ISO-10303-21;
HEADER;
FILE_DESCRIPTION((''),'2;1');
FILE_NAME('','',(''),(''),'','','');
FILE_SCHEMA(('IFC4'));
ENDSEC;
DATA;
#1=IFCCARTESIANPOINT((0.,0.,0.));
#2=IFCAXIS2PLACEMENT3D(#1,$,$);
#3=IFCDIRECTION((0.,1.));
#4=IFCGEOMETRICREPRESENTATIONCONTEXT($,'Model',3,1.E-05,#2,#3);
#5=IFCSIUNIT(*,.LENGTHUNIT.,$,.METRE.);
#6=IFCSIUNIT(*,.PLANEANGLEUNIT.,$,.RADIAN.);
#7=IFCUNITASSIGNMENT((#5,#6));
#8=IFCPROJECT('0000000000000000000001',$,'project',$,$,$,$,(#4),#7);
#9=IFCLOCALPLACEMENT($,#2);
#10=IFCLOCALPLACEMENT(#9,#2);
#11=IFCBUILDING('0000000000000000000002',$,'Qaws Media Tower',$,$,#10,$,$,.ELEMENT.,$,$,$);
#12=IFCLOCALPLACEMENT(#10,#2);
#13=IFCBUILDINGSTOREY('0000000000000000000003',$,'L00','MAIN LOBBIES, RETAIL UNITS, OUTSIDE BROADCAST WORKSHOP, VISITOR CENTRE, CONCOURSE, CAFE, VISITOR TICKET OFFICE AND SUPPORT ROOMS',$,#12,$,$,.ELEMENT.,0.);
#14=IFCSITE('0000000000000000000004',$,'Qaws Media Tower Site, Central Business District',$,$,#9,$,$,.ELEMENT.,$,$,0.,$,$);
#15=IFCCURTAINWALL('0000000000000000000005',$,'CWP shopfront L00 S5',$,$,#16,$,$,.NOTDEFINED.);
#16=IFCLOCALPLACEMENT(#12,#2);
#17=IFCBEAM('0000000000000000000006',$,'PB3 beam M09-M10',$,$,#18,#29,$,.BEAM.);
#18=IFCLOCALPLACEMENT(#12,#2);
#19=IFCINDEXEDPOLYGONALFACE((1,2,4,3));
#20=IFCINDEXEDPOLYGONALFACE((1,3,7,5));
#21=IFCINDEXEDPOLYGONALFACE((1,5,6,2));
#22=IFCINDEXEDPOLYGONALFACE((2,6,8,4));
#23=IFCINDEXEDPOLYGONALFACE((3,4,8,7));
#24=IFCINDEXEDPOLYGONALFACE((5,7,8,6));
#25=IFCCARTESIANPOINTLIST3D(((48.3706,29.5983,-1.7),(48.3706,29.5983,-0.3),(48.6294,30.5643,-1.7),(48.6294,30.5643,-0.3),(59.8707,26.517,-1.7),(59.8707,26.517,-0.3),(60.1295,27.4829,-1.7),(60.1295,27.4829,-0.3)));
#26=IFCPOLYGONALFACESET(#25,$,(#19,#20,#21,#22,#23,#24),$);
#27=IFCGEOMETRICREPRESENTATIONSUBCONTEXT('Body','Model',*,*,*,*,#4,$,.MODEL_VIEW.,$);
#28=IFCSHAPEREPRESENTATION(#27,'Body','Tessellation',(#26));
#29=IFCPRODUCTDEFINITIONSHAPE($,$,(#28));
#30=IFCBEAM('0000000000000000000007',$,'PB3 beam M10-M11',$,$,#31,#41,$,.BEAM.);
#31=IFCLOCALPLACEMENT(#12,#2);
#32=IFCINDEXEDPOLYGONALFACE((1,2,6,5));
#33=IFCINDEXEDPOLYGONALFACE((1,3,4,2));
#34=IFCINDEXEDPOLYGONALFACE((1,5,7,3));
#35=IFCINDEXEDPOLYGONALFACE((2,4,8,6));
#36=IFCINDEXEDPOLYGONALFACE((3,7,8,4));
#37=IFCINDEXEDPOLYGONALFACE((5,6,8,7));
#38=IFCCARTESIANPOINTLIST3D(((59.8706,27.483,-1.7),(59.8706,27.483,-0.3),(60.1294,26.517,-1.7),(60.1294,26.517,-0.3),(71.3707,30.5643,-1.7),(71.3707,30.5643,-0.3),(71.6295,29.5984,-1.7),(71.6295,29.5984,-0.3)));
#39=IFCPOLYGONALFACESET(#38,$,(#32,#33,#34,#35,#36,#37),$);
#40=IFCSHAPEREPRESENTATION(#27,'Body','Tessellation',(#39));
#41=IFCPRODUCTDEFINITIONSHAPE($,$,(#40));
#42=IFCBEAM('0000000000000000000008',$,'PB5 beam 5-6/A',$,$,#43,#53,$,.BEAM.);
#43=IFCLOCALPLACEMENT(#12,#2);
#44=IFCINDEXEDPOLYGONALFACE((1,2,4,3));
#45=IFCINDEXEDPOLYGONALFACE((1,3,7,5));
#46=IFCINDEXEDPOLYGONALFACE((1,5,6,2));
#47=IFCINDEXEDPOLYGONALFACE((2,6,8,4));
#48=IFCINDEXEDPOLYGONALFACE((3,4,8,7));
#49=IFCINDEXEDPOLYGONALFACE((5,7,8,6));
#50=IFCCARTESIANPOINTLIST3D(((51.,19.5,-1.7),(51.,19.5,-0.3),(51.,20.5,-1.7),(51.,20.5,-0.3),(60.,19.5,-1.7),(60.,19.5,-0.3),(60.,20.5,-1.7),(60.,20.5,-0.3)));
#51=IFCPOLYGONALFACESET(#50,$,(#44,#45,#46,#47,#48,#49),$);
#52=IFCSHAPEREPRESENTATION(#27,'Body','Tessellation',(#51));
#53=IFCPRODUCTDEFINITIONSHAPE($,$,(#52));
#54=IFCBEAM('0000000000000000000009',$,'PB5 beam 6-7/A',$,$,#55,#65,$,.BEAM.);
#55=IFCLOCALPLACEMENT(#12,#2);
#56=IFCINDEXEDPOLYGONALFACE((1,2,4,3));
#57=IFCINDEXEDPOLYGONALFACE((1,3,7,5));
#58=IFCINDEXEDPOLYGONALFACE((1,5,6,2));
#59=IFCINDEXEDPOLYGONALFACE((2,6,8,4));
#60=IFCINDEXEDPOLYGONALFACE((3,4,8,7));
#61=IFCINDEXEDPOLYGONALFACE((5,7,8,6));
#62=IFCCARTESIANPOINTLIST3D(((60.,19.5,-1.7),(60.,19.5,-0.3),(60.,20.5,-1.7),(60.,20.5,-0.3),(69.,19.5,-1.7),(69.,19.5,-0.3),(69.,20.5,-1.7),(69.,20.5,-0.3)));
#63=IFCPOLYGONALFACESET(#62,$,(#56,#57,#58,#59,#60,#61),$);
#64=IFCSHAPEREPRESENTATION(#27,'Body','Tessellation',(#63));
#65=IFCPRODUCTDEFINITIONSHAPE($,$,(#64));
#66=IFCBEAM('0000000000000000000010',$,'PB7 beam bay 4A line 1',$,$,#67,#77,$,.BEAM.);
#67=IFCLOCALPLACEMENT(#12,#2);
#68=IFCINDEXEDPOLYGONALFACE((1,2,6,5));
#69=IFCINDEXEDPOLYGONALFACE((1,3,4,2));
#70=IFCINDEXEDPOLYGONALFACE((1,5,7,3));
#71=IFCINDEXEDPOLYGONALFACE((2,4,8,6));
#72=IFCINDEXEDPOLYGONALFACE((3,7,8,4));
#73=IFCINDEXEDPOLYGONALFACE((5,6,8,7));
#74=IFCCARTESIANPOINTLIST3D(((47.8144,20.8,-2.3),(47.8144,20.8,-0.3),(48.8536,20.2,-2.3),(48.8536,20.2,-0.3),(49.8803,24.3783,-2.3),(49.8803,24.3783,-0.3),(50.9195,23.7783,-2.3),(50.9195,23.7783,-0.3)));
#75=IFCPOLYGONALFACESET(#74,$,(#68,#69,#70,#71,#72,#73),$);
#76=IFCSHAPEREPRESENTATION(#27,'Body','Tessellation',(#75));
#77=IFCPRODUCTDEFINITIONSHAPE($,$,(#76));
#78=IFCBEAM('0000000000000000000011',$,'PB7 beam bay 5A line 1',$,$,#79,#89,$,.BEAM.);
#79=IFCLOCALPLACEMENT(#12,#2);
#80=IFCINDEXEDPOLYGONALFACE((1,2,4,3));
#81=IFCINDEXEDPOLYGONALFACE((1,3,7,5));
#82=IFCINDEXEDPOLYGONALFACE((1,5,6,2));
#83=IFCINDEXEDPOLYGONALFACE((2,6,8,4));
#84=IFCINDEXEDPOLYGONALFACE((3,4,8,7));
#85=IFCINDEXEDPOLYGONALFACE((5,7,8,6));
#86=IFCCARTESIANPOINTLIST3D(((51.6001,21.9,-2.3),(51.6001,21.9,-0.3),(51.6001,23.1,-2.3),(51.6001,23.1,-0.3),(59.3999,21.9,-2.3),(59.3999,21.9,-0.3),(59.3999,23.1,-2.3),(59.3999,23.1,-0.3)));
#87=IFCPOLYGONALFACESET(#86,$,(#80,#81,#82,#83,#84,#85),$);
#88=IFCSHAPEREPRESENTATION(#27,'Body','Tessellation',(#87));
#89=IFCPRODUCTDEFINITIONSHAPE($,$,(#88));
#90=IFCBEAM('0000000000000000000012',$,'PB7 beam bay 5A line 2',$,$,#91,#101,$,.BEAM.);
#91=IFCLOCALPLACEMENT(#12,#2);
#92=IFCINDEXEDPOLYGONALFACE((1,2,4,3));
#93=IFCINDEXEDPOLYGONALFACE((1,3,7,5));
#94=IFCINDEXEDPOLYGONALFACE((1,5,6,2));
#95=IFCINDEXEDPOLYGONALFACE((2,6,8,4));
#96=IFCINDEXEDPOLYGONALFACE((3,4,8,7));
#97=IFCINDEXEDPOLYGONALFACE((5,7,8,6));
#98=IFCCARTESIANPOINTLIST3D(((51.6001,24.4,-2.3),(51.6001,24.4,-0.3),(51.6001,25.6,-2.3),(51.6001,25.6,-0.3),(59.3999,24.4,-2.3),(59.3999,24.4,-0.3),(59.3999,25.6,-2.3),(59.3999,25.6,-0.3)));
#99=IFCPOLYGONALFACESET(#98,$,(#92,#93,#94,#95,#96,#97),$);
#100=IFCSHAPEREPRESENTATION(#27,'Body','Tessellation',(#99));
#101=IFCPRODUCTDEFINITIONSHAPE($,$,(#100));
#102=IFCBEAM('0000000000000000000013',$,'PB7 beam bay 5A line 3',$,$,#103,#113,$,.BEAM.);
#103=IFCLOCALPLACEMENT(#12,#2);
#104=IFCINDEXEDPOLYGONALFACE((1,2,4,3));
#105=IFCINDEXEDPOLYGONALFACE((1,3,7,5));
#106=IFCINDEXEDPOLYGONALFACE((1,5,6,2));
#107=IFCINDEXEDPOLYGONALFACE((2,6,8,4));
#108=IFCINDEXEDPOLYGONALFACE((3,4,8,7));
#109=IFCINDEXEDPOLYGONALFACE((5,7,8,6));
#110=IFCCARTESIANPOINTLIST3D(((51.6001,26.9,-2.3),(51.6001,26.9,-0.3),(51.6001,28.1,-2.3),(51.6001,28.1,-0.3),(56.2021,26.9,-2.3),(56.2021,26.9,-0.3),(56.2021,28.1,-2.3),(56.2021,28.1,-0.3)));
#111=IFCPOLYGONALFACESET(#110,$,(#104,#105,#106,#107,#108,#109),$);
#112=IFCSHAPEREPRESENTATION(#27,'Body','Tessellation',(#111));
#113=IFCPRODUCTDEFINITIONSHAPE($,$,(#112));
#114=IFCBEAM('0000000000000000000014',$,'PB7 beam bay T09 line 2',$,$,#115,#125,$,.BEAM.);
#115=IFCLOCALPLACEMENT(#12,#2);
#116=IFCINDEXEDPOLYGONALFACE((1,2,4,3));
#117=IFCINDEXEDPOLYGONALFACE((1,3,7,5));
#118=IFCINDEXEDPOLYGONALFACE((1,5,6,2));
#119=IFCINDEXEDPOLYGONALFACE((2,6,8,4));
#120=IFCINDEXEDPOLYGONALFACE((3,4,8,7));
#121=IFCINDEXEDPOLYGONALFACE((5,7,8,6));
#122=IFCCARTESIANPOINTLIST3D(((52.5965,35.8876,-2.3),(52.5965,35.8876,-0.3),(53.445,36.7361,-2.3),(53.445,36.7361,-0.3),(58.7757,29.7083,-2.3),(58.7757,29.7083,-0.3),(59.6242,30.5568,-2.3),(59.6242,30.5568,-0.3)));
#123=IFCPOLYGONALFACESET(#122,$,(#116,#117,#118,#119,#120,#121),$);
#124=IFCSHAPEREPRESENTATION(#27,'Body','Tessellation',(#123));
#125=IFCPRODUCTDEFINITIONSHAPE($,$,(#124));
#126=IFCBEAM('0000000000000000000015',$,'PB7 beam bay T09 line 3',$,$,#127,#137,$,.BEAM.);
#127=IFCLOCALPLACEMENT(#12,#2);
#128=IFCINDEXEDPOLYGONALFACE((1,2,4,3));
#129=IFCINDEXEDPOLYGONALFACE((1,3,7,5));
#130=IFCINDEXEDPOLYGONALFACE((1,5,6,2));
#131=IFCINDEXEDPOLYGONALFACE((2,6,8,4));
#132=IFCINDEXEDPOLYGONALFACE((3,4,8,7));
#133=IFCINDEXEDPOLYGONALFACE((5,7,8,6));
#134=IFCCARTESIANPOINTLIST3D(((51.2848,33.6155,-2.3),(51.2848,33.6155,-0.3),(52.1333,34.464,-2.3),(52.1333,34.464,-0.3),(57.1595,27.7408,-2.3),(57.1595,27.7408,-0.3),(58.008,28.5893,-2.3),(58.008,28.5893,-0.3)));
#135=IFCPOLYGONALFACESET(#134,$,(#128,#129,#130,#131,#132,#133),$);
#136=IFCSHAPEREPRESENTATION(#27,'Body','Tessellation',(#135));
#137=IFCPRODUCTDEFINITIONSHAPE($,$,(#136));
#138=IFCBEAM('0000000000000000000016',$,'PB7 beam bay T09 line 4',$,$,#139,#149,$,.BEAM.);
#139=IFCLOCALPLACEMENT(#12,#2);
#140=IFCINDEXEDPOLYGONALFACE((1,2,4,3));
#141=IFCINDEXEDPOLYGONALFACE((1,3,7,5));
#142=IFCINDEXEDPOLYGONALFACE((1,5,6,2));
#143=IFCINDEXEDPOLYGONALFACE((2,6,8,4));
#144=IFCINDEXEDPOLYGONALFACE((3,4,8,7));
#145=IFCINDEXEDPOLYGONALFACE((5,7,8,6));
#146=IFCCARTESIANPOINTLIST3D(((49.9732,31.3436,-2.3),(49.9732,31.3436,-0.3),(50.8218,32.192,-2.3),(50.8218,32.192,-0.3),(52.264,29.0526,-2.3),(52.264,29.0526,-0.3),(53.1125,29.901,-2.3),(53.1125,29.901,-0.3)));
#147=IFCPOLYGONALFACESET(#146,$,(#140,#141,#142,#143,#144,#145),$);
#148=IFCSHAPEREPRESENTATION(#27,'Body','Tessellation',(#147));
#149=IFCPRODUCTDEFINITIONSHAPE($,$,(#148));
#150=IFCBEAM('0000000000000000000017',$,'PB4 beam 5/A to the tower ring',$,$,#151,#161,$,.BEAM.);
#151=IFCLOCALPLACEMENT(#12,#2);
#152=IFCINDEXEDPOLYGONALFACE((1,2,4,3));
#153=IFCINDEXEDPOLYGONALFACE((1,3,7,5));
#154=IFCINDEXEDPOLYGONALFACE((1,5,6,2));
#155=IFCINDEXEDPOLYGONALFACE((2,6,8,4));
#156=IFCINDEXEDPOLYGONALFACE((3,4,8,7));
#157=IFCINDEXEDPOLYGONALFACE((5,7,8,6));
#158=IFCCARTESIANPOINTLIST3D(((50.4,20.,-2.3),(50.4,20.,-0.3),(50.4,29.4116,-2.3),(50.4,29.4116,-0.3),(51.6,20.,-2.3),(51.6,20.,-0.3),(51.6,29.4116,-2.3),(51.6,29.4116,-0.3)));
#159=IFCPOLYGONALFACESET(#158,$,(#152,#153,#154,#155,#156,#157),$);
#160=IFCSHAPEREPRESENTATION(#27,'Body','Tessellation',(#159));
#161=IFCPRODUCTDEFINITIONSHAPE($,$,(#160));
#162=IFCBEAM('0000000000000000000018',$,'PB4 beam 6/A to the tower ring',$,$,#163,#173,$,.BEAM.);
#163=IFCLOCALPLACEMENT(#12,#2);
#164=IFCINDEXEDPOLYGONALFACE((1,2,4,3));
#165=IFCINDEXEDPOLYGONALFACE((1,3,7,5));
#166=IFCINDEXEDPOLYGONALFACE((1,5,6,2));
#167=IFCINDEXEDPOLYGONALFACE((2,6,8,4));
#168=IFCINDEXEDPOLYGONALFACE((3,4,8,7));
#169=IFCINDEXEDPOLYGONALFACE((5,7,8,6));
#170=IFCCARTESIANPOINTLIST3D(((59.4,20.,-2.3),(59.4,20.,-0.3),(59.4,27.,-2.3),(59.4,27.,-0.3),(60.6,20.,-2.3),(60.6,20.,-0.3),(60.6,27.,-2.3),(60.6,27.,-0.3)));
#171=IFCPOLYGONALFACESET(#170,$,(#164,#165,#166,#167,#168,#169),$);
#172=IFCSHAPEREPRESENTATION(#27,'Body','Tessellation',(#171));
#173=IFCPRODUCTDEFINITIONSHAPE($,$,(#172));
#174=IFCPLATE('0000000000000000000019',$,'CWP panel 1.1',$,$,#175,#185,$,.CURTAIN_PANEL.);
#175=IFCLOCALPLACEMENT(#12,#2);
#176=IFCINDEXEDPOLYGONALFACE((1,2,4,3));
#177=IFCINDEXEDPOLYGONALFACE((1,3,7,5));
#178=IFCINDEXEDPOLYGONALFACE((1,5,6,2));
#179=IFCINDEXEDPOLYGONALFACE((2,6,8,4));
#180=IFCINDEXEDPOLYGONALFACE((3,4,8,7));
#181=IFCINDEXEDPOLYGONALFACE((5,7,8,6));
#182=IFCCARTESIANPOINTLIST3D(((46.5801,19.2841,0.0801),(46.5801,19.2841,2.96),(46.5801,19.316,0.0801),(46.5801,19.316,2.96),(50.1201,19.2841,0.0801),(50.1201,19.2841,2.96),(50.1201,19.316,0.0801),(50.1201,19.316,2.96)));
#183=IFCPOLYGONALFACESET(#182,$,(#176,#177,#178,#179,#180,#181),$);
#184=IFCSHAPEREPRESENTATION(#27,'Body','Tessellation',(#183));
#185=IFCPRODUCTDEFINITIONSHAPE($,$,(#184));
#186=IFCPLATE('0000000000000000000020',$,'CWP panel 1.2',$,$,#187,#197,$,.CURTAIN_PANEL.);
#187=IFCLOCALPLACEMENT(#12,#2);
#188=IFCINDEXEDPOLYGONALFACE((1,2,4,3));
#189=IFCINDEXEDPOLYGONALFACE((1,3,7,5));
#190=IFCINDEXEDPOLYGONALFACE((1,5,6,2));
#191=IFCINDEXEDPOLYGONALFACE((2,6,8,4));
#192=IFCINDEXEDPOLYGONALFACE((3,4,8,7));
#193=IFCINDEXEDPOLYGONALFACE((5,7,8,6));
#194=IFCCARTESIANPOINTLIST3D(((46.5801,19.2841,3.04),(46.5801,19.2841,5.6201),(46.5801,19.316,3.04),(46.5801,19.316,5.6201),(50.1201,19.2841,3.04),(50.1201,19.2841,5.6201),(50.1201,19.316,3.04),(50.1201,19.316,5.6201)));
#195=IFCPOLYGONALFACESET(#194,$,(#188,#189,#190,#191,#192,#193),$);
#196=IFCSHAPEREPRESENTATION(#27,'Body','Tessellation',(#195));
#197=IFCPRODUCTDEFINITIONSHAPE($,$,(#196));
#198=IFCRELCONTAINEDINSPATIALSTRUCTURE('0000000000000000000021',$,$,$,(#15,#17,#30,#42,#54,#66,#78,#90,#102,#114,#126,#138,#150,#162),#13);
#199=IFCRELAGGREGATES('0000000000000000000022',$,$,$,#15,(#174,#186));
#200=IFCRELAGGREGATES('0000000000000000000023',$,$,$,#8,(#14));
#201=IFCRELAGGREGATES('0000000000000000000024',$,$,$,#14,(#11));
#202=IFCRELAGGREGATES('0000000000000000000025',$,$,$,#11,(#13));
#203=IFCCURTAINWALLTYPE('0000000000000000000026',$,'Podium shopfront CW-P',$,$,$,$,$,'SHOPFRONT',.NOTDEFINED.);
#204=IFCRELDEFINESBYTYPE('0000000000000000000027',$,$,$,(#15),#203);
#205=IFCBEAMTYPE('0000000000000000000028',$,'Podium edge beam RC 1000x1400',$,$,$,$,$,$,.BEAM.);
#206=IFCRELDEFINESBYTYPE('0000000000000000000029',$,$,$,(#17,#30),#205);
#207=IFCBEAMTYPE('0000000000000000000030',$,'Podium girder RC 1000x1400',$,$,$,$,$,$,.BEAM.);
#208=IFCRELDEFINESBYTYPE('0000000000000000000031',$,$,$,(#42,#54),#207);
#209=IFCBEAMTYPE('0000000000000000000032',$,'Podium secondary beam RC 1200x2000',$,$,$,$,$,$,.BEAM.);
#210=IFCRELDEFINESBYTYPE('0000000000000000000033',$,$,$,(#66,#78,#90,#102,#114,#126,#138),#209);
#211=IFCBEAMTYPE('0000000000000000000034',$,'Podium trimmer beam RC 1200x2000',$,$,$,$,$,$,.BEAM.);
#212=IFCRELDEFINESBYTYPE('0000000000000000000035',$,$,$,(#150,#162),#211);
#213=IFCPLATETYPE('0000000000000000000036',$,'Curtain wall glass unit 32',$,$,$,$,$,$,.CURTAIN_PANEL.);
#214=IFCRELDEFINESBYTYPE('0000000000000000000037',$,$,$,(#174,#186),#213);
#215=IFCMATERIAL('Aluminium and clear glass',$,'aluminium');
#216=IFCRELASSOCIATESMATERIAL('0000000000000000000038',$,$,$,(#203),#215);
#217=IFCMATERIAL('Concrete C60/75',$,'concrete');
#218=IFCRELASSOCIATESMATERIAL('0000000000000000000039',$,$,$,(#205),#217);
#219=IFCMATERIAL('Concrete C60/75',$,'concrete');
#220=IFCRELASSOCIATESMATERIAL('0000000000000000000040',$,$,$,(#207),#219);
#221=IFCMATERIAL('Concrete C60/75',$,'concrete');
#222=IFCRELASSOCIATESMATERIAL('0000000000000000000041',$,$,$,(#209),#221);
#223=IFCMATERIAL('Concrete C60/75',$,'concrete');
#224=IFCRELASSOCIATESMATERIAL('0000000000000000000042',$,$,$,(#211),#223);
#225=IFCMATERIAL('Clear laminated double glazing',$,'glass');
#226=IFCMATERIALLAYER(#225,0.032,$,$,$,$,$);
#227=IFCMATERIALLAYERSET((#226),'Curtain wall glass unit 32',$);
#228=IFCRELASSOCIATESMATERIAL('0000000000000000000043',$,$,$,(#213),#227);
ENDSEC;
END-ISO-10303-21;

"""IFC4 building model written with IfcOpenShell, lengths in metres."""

from ifc_helpers import new_model, si_unit, direction, frame, origin, origin_2d, place, context, subcontext, project, spatial, rectangle, extrude, material, layer, layer_set, material_profile, profile_set, type_object, element, aggregate, save


model = new_model("IFC4")

# Units and contexts
model_context = context("Model", 3, precision=1e-05, world=origin(), true_north=direction((0.0, 1.0)))
body_context = subcontext(model_context, "Body", "Model", "MODEL_VIEW")
ifc_project = project(units=[si_unit("LENGTHUNIT", "METRE"), si_unit("PLANEANGLEUNIT", "RADIAN")], contexts=[model_context])

# Site, building, storey
site_placement = place(None, origin())
site = spatial("IfcSite", under=ifc_project, at=site_placement, Name="Qaws Media Tower Site, Central Business District", CompositionType="ELEMENT", RefElevation=0.0)
building_placement = place(site_placement, origin())
building = spatial("IfcBuilding", under=site, at=building_placement, Name="Qaws Media Tower", CompositionType="ELEMENT")
storey_placement = place(building_placement, origin())
storey = spatial("IfcBuildingStorey", under=building, at=storey_placement, Name="L00", Description="MAIN LOBBIES, RETAIL UNITS, OUTSIDE BROADCAST WORKSHOP, VISITOR CENTRE, CONCOURSE, CAFE, VISITOR TICKET OFFICE AND SUPPORT ROOMS", CompositionType="ELEMENT", Elevation=0.0)

# Curtain wall
ifc_material_1 = material(Name="Aluminium and clear glass", Category="aluminium")
curtain_wall_type = type_object("IfcCurtainWallType", Name="Podium shopfront CW-P", ElementType="SHOPFRONT", PredefinedType="NOTDEFINED", material=ifc_material_1)
curtain_wall_placement = place(storey_placement, origin())
curtain_wall = element("IfcCurtainWall", 1, at=curtain_wall_placement, inside=storey, type_object=curtain_wall_type, Name="CWP shopfront L00 S5", PredefinedType="NOTDEFINED")

# Beams
ifc_material_2 = material(Name="Concrete C60/75", Category="concrete")
ifc_material_profile_1 = material_profile(ifc_material_2, rectangle(XDim=1.0, YDim=1.3999, at=origin_2d()), Name="RC 1000x1400")
ifc_profile_set_1 = profile_set([ifc_material_profile_1], Name="Concrete C60/75")
beam_type_1 = type_object("IfcBeamType", Name="Podium edge beam RC 1000x1400", PredefinedType="BEAM", material=ifc_profile_set_1)
for number, where, z_axis, x_axis, name in (
    (2, (48.5, 30.0813, -1.0), (0.965928, -0.25881, 0.0), (0.25881, 0.965928, 0.0), "PB3 beam M09-M10"),
    (3, (60.0, 27.0, -1.0), (0.965928, 0.25881, 0.0), (-0.25881, 0.965928, 0.0), "PB3 beam M10-M11"),
):
    element("IfcBeam", number, at=place(storey_placement, frame(where, z_axis=z_axis, x_axis=x_axis)), inside=storey, type_object=beam_type_1, Name=name, PredefinedType="BEAM", context=body_context, shape_type="SweptSolid", body=[
        extrude(rectangle(XDim=1.0, YDim=1.3999, at=origin_2d()), origin(), (0.0, 0.0, 1.0), 11.9058),
    ])
ifc_material_3 = material(Name="Concrete C60/75", Category="concrete")
ifc_material_profile_2 = material_profile(ifc_material_3, rectangle(XDim=1.0, YDim=1.3999, at=origin_2d()), Name="RC 1000x1400")
ifc_profile_set_2 = profile_set([ifc_material_profile_2], Name="Concrete C60/75")
beam_type_2 = type_object("IfcBeamType", Name="Podium girder RC 1000x1400", PredefinedType="BEAM", material=ifc_profile_set_2)
for number, where, z_axis, x_axis, name in (
    (4, (51.0, 20.0, -1.0), (1.0, 0.0, 0.0), (0.0, 1.0, 0.0), "PB5 beam 5-6/A"),
    (5, (60.0, 20.0, -1.0), (1.0, 0.0, 0.0), (0.0, 1.0, 0.0), "PB5 beam 6-7/A"),
):
    element("IfcBeam", number, at=place(storey_placement, frame(where, z_axis=z_axis, x_axis=x_axis)), inside=storey, type_object=beam_type_2, Name=name, PredefinedType="BEAM", context=body_context, shape_type="SweptSolid", body=[
        extrude(rectangle(XDim=1.0, YDim=1.3999, at=origin_2d()), origin(), (0.0, 0.0, 1.0), 9.0),
    ])
ifc_material_4 = material(Name="Concrete C60/75", Category="concrete")
ifc_material_profile_3 = material_profile(ifc_material_4, rectangle(XDim=1.2, YDim=2.0, at=origin_2d()), Name="RC 1200x2000")
ifc_profile_set_3 = profile_set([ifc_material_profile_3], Name="Concrete C60/75")
beam_type_3 = type_object("IfcBeamType", Name="Podium secondary beam RC 1200x2000", PredefinedType="BEAM", material=ifc_profile_set_3)
beam_1_placement = place(storey_placement, frame((48.334, 20.5, -1.3), z_axis=(0.49999, 0.866031, 0.0), x_axis=(-0.866031, 0.49999, 0.0)))
element("IfcBeam", 6, at=beam_1_placement, inside=storey, type_object=beam_type_3, Name="PB7 beam bay 4A line 1", PredefinedType="BEAM", context=body_context, shape_type="SweptSolid", body=[
    extrude(rectangle(XDim=1.2, YDim=2.0, at=origin_2d()), origin(), (0.0, 0.0, 1.0), 4.1318),
])
for number, where, z_axis, x_axis, name in (
    (7, (51.6001, 22.5, -1.3), (1.0, 0.0, 0.0), (0.0, 1.0, 0.0), "PB7 beam bay 5A line 1"),
    (8, (51.6001, 25.0, -1.3), (1.0, 0.0, 0.0), (0.0, 1.0, 0.0), "PB7 beam bay 5A line 2"),
):
    element("IfcBeam", number, at=place(storey_placement, frame(where, z_axis=z_axis, x_axis=x_axis)), inside=storey, type_object=beam_type_3, Name=name, PredefinedType="BEAM", context=body_context, shape_type="SweptSolid", body=[
        extrude(rectangle(XDim=1.2, YDim=2.0, at=origin_2d()), origin(), (0.0, 0.0, 1.0), 7.7998),
    ])
beam_2_placement = place(storey_placement, frame((51.6001, 27.5, -1.3), z_axis=(1.0, 0.0, 0.0), x_axis=(0.0, 1.0, 0.0)))
element("IfcBeam", 9, at=beam_2_placement, inside=storey, type_object=beam_type_3, Name="PB7 beam bay 5A line 3", PredefinedType="BEAM", context=body_context, shape_type="SweptSolid", body=[
    extrude(rectangle(XDim=1.2, YDim=2.0, at=origin_2d()), origin(), (0.0, 0.0, 1.0), 4.6021),
])
beam_3_placement = place(storey_placement, frame((59.2, 30.1326, -1.3), z_axis=(-0.707107, 0.707107, 0.0), x_axis=(-0.707107, -0.707107, 0.0)))
element("IfcBeam", 10, at=beam_3_placement, inside=storey, type_object=beam_type_3, Name="PB7 beam bay T09 line 2", PredefinedType="BEAM", context=body_context, shape_type="SweptSolid", body=[
    extrude(rectangle(XDim=1.2, YDim=2.0, at=origin_2d()), origin(), (0.0, 0.0, 1.0), 8.7388),
])
beam_4_placement = place(storey_placement, frame((57.5837, 28.165, -1.3), z_axis=(-0.707107, 0.707107, 0.0), x_axis=(-0.707107, -0.707107, 0.0)))
element("IfcBeam", 11, at=beam_4_placement, inside=storey, type_object=beam_type_3, Name="PB7 beam bay T09 line 3", PredefinedType="BEAM", context=body_context, shape_type="SweptSolid", body=[
    extrude(rectangle(XDim=1.2, YDim=2.0, at=origin_2d()), origin(), (0.0, 0.0, 1.0), 8.3081),
])
beam_5_placement = place(storey_placement, frame((52.6882, 29.4768, -1.3), z_axis=(-0.707069, 0.707144, 0.0), x_axis=(-0.707144, -0.707069, 0.0)))
element("IfcBeam", 12, at=beam_5_placement, inside=storey, type_object=beam_type_3, Name="PB7 beam bay T09 line 4", PredefinedType="BEAM", context=body_context, shape_type="SweptSolid", body=[
    extrude(rectangle(XDim=1.2, YDim=2.0, at=origin_2d()), origin(), (0.0, 0.0, 1.0), 3.2397),
])
ifc_material_5 = material(Name="Concrete C60/75", Category="concrete")
ifc_material_profile_4 = material_profile(ifc_material_5, rectangle(XDim=1.2, YDim=2.0, at=origin_2d()), Name="RC 1200x2000")
ifc_profile_set_4 = profile_set([ifc_material_profile_4], Name="Concrete C60/75")
beam_type_4 = type_object("IfcBeamType", Name="Podium trimmer beam RC 1200x2000", PredefinedType="BEAM", material=ifc_profile_set_4)
beam_6_placement = place(storey_placement, frame((51.0, 20.0, -1.3), z_axis=(0.0, 1.0, 0.0), x_axis=(-1.0, 0.0, 0.0)))
element("IfcBeam", 13, at=beam_6_placement, inside=storey, type_object=beam_type_4, Name="PB4 beam 5/A to the tower ring", PredefinedType="BEAM", context=body_context, shape_type="SweptSolid", body=[
    extrude(rectangle(XDim=1.2, YDim=2.0, at=origin_2d()), origin(), (0.0, 0.0, 1.0), 9.4116),
])
beam_7_placement = place(storey_placement, frame((60.0, 20.0, -1.3), z_axis=(0.0, 1.0, 0.0), x_axis=(-1.0, 0.0, 0.0)))
element("IfcBeam", 14, at=beam_7_placement, inside=storey, type_object=beam_type_4, Name="PB4 beam 6/A to the tower ring", PredefinedType="BEAM", context=body_context, shape_type="SweptSolid", body=[
    extrude(rectangle(XDim=1.2, YDim=2.0, at=origin_2d()), origin(), (0.0, 0.0, 1.0), 7.0),
])

# Plates
ifc_material_6 = material(Name="Clear laminated double glazing", Category="glass")
ifc_layer_1 = layer(ifc_material_6, 0.032)
ifc_layer_set_1 = layer_set([ifc_layer_1], Name="Curtain wall glass unit 32")
plate_type = type_object("IfcPlateType", Name="Curtain wall glass unit 32", PredefinedType="CURTAIN_PANEL", material=ifc_layer_set_1)
plate_1_placement = place(storey_placement, frame((48.3501, 19.3, 0.0801), z_axis=(0.0, 0.0, 1.0), x_axis=(1.0, 0.0, 0.0)))
plate_1 = element("IfcPlate", 15, at=plate_1_placement, type_object=plate_type, Name="CWP panel 1.1", PredefinedType="CURTAIN_PANEL", context=body_context, shape_type="SweptSolid", body=[
    extrude(rectangle(XDim=3.54, YDim=0.032, at=origin_2d()), origin(), (0.0, 0.0, 1.0), 2.8799),
])
plate_2_placement = place(storey_placement, frame((48.3501, 19.3, 3.04), z_axis=(0.0, 0.0, 1.0), x_axis=(1.0, 0.0, 0.0)))
plate_2 = element("IfcPlate", 16, at=plate_2_placement, type_object=plate_type, Name="CWP panel 1.2", PredefinedType="CURTAIN_PANEL", context=body_context, shape_type="SweptSolid", body=[
    extrude(rectangle(XDim=3.54, YDim=0.032, at=origin_2d()), origin(), (0.0, 0.0, 1.0), 2.5801),
])
aggregate(curtain_wall, [plate_1, plate_2])

save(model, "model.ifc")
